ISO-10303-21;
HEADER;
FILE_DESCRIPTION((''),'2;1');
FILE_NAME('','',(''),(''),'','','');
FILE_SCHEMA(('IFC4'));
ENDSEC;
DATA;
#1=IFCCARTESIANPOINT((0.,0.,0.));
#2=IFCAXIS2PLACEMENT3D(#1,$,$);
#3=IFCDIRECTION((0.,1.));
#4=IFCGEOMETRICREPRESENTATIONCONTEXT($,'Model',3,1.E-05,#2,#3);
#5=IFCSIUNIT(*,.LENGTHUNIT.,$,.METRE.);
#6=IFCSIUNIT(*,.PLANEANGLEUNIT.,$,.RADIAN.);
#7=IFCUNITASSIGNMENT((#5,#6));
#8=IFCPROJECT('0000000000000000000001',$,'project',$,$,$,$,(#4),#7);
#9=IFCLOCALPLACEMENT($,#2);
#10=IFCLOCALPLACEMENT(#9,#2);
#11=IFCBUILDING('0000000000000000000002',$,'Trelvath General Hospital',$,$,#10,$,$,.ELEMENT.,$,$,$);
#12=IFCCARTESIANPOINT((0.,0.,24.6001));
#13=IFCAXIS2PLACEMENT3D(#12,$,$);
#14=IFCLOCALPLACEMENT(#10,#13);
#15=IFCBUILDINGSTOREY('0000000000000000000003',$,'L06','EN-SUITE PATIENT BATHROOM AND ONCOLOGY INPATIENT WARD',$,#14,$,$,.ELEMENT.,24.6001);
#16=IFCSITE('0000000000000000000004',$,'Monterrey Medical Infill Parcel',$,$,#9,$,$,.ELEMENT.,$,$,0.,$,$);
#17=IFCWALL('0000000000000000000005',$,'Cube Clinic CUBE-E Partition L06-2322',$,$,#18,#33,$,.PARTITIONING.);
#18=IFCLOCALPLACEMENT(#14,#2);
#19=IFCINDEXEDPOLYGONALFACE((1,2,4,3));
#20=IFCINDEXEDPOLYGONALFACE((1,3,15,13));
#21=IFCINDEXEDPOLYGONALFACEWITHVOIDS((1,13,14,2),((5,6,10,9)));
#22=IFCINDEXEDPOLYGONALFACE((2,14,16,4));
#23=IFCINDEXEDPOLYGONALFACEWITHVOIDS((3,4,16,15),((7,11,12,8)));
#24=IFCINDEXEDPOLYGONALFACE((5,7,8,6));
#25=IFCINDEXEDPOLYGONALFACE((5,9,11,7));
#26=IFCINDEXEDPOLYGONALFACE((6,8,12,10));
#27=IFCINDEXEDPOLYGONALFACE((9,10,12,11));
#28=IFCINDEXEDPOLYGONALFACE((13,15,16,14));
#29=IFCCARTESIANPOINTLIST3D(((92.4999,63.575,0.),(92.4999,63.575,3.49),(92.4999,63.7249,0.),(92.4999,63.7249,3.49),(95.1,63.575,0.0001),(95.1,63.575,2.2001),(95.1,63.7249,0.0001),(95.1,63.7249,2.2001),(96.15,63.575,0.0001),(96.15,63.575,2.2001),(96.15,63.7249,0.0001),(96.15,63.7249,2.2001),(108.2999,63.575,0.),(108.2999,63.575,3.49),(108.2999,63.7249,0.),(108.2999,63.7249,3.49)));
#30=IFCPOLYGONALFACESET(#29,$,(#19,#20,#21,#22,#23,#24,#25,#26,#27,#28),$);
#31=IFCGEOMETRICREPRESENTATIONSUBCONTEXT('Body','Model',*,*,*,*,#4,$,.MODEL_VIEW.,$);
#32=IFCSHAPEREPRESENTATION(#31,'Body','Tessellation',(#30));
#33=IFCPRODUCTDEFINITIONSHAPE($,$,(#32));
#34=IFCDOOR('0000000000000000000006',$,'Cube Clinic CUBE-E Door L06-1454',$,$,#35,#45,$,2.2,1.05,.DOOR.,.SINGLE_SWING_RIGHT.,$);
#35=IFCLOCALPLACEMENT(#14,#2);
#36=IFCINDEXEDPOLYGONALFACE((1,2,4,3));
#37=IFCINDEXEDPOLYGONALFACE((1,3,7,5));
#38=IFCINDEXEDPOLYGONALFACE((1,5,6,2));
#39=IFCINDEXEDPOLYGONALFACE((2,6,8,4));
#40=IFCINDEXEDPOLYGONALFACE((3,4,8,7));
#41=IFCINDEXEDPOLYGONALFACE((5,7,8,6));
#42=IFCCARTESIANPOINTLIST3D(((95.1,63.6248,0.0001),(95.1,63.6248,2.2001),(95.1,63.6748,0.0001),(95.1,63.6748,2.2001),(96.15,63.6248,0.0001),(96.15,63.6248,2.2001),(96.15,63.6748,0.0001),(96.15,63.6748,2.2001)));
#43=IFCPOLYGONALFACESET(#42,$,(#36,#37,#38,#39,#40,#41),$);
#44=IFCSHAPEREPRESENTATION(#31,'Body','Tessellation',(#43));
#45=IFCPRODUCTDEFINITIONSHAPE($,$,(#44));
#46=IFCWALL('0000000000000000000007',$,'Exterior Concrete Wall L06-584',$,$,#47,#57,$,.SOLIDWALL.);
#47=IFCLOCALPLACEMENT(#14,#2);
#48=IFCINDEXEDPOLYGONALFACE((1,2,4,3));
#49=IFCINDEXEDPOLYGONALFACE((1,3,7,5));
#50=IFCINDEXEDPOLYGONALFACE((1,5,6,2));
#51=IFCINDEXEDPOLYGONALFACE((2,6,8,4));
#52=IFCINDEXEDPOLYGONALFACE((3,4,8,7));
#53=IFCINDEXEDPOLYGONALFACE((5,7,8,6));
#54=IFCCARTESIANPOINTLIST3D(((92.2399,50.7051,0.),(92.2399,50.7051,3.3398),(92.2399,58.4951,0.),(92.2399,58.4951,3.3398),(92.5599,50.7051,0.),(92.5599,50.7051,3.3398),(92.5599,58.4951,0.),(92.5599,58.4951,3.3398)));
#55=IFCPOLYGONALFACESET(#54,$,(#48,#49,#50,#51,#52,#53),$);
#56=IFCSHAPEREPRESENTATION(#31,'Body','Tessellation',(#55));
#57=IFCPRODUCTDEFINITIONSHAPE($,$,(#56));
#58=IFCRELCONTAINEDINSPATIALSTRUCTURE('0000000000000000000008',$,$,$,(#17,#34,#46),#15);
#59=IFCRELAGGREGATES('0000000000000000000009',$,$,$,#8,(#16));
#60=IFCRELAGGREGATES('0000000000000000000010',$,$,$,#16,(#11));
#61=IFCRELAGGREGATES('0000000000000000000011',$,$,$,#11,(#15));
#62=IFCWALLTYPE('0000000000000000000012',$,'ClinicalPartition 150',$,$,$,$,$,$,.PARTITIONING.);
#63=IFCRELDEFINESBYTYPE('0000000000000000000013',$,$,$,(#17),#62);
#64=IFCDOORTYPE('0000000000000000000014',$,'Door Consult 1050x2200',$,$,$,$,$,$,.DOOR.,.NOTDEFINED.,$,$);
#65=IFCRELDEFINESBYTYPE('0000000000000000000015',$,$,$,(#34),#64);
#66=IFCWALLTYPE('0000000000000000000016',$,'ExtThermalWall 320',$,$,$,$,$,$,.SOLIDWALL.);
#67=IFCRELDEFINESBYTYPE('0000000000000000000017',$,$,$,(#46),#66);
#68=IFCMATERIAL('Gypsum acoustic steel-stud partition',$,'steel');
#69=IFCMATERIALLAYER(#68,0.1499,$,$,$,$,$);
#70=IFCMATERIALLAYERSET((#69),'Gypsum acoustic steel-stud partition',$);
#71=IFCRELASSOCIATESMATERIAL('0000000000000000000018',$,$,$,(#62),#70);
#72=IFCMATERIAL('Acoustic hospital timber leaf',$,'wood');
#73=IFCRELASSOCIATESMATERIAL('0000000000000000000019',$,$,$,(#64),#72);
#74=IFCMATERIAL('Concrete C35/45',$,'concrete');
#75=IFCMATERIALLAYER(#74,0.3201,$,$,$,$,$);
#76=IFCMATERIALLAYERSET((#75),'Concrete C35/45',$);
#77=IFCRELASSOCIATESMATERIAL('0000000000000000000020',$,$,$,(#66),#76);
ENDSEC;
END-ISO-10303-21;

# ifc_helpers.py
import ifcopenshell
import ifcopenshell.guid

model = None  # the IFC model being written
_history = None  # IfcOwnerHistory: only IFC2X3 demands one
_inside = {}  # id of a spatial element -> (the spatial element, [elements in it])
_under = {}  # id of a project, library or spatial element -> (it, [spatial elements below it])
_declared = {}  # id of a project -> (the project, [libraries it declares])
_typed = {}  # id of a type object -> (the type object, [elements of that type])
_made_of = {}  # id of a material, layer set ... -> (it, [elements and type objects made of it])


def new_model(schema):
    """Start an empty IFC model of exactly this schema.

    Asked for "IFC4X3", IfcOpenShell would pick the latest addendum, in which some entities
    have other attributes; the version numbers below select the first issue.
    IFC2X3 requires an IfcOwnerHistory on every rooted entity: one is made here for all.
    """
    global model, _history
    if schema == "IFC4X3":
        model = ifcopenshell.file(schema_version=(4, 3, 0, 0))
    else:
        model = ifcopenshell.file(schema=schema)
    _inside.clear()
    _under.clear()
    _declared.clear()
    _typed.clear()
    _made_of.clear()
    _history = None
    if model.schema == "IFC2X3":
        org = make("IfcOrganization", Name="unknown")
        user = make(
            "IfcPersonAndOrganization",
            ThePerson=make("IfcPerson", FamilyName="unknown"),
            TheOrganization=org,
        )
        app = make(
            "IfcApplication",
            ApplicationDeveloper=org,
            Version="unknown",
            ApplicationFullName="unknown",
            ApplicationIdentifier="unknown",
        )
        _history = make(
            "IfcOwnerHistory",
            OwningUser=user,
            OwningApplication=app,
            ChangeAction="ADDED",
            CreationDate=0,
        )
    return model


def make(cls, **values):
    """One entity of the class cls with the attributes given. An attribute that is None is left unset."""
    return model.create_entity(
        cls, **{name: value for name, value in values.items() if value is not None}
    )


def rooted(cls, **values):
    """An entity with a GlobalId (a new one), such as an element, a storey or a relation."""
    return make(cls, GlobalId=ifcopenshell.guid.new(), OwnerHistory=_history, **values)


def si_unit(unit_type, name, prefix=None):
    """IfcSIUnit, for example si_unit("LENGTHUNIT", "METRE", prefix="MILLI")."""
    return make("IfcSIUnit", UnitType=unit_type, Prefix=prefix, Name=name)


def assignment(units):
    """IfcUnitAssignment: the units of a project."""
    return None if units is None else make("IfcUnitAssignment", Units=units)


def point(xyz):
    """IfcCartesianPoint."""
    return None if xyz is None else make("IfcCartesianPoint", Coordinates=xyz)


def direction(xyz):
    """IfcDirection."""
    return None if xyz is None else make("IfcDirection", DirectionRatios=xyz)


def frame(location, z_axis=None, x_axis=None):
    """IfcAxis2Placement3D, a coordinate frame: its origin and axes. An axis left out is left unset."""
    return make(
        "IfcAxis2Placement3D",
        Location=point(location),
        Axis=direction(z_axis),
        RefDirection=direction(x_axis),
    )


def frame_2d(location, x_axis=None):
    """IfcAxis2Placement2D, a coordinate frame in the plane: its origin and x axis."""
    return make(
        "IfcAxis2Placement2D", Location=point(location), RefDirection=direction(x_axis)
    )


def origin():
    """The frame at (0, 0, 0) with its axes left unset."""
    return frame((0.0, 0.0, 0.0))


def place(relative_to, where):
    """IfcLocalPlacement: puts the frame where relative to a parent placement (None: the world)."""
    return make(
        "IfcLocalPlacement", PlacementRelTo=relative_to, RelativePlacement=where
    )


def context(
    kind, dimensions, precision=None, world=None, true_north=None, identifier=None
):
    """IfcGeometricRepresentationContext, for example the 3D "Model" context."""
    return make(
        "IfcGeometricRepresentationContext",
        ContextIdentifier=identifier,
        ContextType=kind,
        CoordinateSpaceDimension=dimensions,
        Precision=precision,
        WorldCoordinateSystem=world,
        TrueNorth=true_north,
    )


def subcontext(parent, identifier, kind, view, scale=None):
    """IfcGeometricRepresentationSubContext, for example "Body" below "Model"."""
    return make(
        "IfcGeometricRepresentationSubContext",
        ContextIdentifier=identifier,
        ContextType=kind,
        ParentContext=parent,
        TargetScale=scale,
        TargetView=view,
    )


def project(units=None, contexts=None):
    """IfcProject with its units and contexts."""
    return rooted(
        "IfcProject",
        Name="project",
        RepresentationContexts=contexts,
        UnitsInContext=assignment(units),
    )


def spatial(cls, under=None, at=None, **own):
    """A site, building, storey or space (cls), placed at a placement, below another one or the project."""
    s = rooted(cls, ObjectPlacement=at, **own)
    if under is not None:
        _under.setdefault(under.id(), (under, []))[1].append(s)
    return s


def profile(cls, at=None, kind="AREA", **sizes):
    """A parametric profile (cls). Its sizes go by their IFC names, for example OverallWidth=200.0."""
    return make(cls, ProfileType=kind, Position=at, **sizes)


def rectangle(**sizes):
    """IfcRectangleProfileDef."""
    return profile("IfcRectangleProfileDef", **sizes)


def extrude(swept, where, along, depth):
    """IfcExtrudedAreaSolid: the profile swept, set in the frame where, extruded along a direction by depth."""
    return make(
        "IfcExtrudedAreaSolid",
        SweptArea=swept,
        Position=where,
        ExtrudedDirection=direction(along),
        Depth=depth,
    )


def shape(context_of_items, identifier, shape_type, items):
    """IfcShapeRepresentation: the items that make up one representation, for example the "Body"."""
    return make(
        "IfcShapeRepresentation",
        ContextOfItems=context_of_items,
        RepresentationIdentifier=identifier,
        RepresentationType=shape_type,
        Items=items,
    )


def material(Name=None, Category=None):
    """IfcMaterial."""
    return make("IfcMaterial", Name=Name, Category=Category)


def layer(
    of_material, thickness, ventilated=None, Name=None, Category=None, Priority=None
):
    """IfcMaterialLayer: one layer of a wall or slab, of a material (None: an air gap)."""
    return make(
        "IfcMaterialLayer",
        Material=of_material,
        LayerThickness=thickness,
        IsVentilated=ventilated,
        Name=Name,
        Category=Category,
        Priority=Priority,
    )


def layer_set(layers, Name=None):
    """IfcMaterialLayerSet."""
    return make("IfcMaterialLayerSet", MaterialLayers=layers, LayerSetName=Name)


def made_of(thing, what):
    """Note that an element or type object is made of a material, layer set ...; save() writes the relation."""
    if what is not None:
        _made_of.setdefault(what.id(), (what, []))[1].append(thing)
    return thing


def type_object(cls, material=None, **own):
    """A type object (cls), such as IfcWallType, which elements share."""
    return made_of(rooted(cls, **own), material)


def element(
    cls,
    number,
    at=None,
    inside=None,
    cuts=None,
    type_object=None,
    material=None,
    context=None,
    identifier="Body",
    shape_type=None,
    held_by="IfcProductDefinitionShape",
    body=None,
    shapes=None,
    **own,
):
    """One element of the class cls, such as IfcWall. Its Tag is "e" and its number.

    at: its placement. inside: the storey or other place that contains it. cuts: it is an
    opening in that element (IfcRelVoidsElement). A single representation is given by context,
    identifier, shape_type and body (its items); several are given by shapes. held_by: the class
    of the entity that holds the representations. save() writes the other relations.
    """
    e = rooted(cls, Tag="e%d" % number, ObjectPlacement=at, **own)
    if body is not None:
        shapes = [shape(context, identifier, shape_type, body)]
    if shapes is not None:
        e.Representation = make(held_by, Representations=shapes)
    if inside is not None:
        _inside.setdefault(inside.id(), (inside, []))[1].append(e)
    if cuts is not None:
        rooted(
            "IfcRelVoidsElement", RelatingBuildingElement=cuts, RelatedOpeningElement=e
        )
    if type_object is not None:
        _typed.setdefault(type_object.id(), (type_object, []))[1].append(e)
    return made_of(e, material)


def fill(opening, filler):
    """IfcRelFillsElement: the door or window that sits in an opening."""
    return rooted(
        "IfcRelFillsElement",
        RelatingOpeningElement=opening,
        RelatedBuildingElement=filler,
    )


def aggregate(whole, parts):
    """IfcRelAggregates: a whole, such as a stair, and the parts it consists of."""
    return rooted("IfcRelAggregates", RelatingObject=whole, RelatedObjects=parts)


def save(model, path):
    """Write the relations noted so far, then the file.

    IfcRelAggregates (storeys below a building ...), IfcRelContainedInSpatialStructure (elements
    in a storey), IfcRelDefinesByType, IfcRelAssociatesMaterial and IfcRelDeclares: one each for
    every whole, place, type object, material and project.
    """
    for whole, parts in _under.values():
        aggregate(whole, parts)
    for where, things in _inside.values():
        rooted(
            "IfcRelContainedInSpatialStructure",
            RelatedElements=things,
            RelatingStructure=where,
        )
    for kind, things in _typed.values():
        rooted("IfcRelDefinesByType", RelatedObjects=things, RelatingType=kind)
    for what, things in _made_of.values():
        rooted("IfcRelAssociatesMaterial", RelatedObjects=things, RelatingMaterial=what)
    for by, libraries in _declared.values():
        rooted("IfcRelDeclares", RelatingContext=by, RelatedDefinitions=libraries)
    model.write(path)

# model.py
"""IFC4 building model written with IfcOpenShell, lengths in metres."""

from ifc_helpers import new_model, si_unit, direction, frame, frame_2d, origin, place, context, subcontext, project, spatial, rectangle, extrude, material, layer, layer_set, type_object, element, fill, save


model = new_model("IFC4")

# Units and contexts
model_context = context("Model", 3, precision=1e-05, world=origin(), true_north=direction((0.0, 1.0)))
body_context = subcontext(model_context, "Body", "Model", "MODEL_VIEW")
ifc_project = project(units=[si_unit("LENGTHUNIT", "METRE"), si_unit("PLANEANGLEUNIT", "RADIAN")], contexts=[model_context])

# Site, building, storey
site_placement = place(None, origin())
site = spatial("IfcSite", under=ifc_project, at=site_placement, Name="Monterrey Medical Infill Parcel", CompositionType="ELEMENT", RefElevation=0.0)
building_placement = place(site_placement, origin())
building = spatial("IfcBuilding", under=site, at=building_placement, Name="Trelvath General Hospital", CompositionType="ELEMENT")
storey_placement = place(building_placement, frame((0.0, 0.0, 24.6001)))
storey = spatial("IfcBuildingStorey", under=building, at=storey_placement, Name="L06", Description="EN-SUITE PATIENT BATHROOM AND ONCOLOGY INPATIENT WARD", CompositionType="ELEMENT", Elevation=24.6001)

# Wall, opening, door
ifc_material_1 = material(Name="Gypsum acoustic steel-stud partition", Category="steel")
ifc_layer_1 = layer(ifc_material_1, 0.1499)
ifc_layer_set_1 = layer_set([ifc_layer_1], Name="Gypsum acoustic steel-stud partition")
wall_type_1 = type_object("IfcWallType", Name="ClinicalPartition 150", PredefinedType="PARTITIONING", material=ifc_layer_set_1)
wall_1_placement = place(storey_placement, frame((92.5, 63.6499, 0.0), z_axis=(0.0, 0.0, 1.0), x_axis=(1.0, 0.0, 0.0)))
wall_1 = element("IfcWall", 1, at=wall_1_placement, inside=storey, type_object=wall_type_1, Name="Cube Clinic CUBE-E Partition L06-2322", PredefinedType="PARTITIONING", context=body_context, shape_type="SweptSolid", body=[
    extrude(rectangle(XDim=15.8, YDim=0.1499, at=frame_2d((7.8999, 0.0))), origin(), (0.0, 0.0, 1.0), 3.49),
])
opening_1_placement = place(wall_1_placement, frame((2.6001, 0.0, 0.0)))
opening_1 = element("IfcOpeningElement", 2, at=opening_1_placement, cuts=wall_1, PredefinedType="OPENING", context=body_context, shape_type="SweptSolid", body=[
    extrude(rectangle(XDim=1.05, YDim=2.2, at=frame_2d((0.5249, 1.1001))), frame((0.0, 0.085, 0.0), z_axis=(0.0, -1.0, 0.0), x_axis=(1.0, 0.0, 0.0)), (0.0, 0.0, 1.0), 0.1699),
])
ifc_material_2 = material(Name="Acoustic hospital timber leaf", Category="wood")
door_type_1 = type_object("IfcDoorType", Name="Door Consult 1050x2200", OperationType="NOTDEFINED", PredefinedType="DOOR", material=ifc_material_2)
door_1_placement = place(opening_1_placement, origin())
door_1 = element("IfcDoor", 3, at=door_1_placement, inside=storey, type_object=door_type_1, Name="Cube Clinic CUBE-E Door L06-1454", OperationType="SINGLE_SWING_RIGHT", OverallHeight=2.2, OverallWidth=1.05, PredefinedType="DOOR", context=body_context, shape_type="SweptSolid", body=[
    extrude(rectangle(XDim=1.05, YDim=2.2, at=frame_2d((0.5249, 1.1001))), frame((0.0, 0.0249, 0.0), z_axis=(0.0, -1.0, 0.0), x_axis=(1.0, 0.0, 0.0)), (0.0, 0.0, 1.0), 0.05),
])
fill(opening_1, door_1)

# Wall
ifc_material_3 = material(Name="Concrete C35/45", Category="concrete")
ifc_layer_2 = layer(ifc_material_3, 0.3201)
ifc_layer_set_2 = layer_set([ifc_layer_2], Name="Concrete C35/45")
wall_type_2 = type_object("IfcWallType", Name="ExtThermalWall 320", PredefinedType="SOLIDWALL", material=ifc_layer_set_2)
wall_2_placement = place(storey_placement, frame((92.3999, 58.4951, 0.0), z_axis=(0.0, 0.0, 1.0), x_axis=(0.0, -1.0, 0.0)))
element("IfcWall", 4, at=wall_2_placement, inside=storey, type_object=wall_type_2, Name="Exterior Concrete Wall L06-584", PredefinedType="SOLIDWALL", context=body_context, shape_type="SweptSolid", body=[
    extrude(rectangle(XDim=7.79, YDim=0.3201, at=frame_2d((3.895, 0.0))), origin(), (0.0, 0.0, 1.0), 3.3398),
])

save(model, "model.ifc")
